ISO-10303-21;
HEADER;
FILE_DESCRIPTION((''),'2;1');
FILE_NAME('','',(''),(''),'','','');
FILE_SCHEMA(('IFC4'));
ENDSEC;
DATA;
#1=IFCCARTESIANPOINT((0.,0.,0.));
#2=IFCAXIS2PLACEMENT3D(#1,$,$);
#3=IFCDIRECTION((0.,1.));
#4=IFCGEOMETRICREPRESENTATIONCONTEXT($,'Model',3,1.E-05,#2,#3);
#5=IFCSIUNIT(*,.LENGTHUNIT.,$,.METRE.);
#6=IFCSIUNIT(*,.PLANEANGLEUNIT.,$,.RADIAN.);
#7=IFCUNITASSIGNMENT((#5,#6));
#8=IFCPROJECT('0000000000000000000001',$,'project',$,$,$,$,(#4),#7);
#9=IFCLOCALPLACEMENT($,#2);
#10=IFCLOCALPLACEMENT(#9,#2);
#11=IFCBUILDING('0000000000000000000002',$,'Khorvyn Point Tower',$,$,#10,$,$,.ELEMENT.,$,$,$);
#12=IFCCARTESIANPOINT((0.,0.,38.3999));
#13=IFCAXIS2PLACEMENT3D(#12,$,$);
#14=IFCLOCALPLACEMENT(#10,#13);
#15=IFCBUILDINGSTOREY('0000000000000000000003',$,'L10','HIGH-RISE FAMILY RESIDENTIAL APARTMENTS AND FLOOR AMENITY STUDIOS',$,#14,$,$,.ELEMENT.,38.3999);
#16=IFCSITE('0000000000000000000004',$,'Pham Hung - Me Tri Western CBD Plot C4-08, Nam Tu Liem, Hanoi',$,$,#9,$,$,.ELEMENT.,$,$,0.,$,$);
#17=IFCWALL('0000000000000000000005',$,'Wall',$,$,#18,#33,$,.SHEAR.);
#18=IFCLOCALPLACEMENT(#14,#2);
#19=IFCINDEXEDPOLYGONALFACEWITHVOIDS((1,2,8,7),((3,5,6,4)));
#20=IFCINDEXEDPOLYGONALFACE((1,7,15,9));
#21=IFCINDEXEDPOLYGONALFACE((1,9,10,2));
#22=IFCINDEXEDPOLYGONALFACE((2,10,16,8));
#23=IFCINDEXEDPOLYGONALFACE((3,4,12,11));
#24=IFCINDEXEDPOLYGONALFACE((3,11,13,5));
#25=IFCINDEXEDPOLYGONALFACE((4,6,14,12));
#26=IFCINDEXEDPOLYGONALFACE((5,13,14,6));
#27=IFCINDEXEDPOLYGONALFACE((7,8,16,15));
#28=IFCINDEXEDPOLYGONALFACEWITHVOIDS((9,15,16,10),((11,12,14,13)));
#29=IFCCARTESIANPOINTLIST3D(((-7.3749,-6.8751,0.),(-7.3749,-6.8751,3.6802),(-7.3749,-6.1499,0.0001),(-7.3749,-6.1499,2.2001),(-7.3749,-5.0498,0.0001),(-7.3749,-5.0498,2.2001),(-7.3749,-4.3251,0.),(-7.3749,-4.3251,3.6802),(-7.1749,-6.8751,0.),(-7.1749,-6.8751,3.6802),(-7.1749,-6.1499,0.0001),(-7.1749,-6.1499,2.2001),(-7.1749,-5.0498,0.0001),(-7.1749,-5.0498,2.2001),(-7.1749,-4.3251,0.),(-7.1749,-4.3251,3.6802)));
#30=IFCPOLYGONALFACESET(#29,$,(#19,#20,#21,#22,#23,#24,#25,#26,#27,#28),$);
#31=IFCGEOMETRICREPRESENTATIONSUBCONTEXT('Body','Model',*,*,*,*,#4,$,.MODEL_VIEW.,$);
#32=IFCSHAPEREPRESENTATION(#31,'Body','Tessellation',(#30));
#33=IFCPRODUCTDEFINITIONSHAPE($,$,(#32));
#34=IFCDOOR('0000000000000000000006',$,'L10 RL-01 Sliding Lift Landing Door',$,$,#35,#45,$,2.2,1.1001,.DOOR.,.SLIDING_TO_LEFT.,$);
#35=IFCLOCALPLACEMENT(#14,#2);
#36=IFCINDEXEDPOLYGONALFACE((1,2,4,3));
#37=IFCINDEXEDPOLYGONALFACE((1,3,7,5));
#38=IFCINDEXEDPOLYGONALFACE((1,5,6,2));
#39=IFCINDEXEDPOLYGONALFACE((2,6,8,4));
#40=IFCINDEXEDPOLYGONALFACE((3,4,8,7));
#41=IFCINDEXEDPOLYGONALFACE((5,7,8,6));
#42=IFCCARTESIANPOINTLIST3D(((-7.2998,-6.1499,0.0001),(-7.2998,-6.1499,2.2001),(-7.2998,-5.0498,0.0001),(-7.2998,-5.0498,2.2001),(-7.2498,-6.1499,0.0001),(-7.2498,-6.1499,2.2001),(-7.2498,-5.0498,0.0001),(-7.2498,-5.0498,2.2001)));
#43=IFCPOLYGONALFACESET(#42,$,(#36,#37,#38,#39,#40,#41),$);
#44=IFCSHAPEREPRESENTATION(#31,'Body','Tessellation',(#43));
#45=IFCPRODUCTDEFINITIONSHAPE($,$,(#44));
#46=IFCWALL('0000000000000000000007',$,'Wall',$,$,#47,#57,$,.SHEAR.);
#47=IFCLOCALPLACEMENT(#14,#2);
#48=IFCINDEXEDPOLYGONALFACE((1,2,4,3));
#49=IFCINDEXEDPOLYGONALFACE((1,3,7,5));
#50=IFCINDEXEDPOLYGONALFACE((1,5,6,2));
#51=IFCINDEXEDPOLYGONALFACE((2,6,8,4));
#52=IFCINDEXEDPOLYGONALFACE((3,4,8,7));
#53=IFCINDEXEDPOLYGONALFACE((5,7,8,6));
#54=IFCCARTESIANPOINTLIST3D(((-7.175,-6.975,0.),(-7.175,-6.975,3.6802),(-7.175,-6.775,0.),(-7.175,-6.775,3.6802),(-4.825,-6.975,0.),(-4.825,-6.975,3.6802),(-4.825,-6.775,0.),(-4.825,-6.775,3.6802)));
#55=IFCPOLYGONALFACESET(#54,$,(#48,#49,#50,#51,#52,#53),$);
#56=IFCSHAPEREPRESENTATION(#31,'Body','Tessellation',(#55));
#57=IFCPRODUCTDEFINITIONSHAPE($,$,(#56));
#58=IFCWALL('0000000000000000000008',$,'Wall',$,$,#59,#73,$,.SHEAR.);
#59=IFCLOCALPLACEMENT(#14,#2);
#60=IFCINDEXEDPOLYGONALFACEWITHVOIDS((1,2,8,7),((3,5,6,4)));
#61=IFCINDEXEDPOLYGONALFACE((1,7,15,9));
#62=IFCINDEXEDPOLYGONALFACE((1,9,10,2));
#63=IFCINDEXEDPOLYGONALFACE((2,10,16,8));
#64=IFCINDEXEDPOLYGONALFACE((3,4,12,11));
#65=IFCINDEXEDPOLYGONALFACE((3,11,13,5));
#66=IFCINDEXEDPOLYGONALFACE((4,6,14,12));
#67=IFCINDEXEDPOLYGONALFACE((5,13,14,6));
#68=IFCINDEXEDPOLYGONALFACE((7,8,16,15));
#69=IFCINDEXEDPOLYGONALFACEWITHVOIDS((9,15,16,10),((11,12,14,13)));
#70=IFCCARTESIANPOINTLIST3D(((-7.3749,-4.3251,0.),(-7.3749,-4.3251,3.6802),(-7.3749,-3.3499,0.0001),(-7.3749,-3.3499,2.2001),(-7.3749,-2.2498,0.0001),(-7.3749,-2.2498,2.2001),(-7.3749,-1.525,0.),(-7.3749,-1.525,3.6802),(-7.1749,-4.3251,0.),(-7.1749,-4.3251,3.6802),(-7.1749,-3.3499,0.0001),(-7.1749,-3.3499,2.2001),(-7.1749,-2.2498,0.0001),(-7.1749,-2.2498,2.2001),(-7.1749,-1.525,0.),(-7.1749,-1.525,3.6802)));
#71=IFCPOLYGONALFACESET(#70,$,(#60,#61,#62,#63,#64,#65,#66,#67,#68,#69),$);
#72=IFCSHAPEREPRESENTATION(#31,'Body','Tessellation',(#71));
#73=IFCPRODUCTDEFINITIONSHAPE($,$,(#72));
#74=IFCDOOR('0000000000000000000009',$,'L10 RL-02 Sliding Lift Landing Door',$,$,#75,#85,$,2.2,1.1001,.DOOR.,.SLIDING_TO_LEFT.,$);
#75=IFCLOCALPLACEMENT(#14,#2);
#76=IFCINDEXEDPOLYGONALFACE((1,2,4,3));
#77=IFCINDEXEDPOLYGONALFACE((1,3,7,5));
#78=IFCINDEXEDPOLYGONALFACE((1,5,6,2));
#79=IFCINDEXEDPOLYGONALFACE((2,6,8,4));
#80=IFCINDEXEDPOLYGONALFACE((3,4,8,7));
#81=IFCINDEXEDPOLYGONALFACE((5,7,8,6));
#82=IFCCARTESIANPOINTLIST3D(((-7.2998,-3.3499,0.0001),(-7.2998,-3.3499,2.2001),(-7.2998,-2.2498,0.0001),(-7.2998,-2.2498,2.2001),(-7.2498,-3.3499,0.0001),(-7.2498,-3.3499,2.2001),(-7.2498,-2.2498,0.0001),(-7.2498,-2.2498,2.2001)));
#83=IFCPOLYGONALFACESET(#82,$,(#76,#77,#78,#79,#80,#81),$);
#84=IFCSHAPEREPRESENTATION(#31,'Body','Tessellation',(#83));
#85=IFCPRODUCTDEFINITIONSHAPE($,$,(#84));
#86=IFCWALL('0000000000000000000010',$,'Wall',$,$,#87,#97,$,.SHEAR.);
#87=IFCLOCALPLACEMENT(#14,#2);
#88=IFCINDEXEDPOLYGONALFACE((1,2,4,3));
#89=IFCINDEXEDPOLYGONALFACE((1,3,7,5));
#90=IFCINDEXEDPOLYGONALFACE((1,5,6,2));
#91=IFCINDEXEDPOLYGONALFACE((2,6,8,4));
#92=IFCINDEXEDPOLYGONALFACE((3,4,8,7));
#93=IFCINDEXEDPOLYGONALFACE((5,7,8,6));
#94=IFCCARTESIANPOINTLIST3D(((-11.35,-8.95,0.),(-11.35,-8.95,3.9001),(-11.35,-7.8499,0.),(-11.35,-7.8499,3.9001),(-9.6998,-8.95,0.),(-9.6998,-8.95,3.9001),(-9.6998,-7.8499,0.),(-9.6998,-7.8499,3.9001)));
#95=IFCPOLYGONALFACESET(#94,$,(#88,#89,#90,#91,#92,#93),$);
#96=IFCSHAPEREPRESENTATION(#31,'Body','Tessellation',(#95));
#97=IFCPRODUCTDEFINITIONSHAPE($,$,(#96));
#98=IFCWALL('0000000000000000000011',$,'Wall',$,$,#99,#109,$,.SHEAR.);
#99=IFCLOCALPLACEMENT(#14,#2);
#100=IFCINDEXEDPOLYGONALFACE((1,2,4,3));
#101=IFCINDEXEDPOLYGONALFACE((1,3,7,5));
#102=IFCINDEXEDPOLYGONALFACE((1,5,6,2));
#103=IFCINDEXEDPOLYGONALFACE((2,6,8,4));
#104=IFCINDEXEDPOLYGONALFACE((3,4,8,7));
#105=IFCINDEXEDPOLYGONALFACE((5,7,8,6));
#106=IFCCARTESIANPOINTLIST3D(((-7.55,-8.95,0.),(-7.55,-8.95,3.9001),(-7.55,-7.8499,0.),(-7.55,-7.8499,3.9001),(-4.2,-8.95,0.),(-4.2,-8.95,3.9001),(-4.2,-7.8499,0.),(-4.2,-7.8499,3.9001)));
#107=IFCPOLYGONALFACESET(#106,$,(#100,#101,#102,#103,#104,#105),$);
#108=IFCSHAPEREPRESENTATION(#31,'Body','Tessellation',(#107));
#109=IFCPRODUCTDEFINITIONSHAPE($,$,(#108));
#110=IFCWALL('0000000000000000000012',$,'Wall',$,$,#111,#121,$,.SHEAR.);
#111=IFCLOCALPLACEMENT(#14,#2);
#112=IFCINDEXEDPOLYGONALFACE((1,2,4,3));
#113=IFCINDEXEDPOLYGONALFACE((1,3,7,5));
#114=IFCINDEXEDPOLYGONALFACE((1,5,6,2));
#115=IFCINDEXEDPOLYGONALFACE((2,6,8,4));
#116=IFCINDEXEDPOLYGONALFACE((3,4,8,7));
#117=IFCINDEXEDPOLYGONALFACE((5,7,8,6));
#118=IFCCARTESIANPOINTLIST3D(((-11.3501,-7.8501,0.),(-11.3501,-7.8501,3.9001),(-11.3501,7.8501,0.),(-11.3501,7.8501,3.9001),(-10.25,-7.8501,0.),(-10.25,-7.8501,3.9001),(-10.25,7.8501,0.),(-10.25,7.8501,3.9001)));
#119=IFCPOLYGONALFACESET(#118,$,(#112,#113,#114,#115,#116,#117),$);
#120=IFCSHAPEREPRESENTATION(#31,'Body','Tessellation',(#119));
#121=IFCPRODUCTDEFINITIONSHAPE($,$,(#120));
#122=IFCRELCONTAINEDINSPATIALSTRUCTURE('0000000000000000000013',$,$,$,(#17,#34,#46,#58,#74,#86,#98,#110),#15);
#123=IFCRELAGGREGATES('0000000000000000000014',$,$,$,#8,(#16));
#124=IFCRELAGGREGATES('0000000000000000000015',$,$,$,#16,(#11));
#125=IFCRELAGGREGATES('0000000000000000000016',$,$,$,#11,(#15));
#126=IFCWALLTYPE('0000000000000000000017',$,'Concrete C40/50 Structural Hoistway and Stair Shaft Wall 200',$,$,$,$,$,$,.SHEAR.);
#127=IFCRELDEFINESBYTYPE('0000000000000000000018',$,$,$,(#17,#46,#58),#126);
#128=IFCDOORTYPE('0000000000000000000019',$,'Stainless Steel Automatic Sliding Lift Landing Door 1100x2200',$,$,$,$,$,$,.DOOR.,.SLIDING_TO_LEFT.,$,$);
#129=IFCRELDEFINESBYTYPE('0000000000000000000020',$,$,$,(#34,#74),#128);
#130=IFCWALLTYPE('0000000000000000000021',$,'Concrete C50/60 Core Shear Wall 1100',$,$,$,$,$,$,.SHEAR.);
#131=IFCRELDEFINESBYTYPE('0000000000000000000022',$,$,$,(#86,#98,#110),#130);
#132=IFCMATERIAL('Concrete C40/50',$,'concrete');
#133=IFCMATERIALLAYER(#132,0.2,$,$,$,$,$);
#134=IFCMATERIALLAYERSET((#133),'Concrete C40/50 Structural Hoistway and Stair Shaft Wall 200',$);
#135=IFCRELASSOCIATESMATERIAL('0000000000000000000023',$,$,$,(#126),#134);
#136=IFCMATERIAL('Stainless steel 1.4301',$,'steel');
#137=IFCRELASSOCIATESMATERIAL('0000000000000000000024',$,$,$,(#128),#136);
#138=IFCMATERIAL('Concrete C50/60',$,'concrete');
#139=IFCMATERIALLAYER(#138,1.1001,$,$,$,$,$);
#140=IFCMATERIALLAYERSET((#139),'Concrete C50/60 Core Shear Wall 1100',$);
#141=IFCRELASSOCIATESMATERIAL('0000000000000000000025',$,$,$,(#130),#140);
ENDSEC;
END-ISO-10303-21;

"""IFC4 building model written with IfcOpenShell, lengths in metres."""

from ifc_helpers import new_model, si_unit, direction, frame, frame_2d, origin, place, context, subcontext, project, spatial, rectangle, extrude, material, layer, layer_set, type_object, element, fill, save


model = new_model("IFC4")

# Units and contexts
model_context = context("Model", 3, precision=1e-05, world=origin(), true_north=direction((0.0, 1.0)))
body_context = subcontext(model_context, "Body", "Model", "MODEL_VIEW")
ifc_project = project(units=[si_unit("LENGTHUNIT", "METRE"), si_unit("PLANEANGLEUNIT", "RADIAN")], contexts=[model_context])

# Site, building, storey
site_placement = place(None, origin())
site = spatial("IfcSite", under=ifc_project, at=site_placement, Name="Pham Hung - Me Tri Western CBD Plot C4-08, Nam Tu Liem, Hanoi", CompositionType="ELEMENT", RefElevation=0.0)
building_placement = place(site_placement, origin())
building = spatial("IfcBuilding", under=site, at=building_placement, Name="Khorvyn Point Tower", CompositionType="ELEMENT")
storey_placement = place(building_placement, frame((0.0, 0.0, 38.3999)))
storey = spatial("IfcBuildingStorey", under=building, at=storey_placement, Name="L10", Description="HIGH-RISE FAMILY RESIDENTIAL APARTMENTS AND FLOOR AMENITY STUDIOS", CompositionType="ELEMENT", Elevation=38.3999)

# Shared definitions
ifc_material_1 = material(Name="Concrete C50/60", Category="concrete")

# Wall, opening, door
ifc_material_2 = material(Name="Concrete C40/50", Category="concrete")
ifc_layer_1 = layer(ifc_material_2, 0.2)
ifc_layer_set_1 = layer_set([ifc_layer_1], Name="Concrete C40/50 Structural Hoistway and Stair Shaft Wall 200")
wall_type_1 = type_object("IfcWallType", Name="Concrete C40/50 Structural Hoistway and Stair Shaft Wall 200", PredefinedType="SHEAR", material=ifc_layer_set_1)
wall_1_placement = place(storey_placement, frame((-7.2749, -6.875, 0.0), z_axis=(0.0, 0.0, 1.0), x_axis=(0.0, 1.0, 0.0)))
wall_1 = element("IfcWall", 1, at=wall_1_placement, inside=storey, type_object=wall_type_1, Name="Wall", PredefinedType="SHEAR", context=body_context, shape_type="SweptSolid", body=[
    extrude(rectangle(XDim=2.55, YDim=0.2, at=frame_2d((1.2749, 0.0))), origin(), (0.0, 0.0, 1.0), 3.6802),
])
opening_1_placement = place(wall_1_placement, frame((0.7251, 0.0, 0.0)))
opening_1 = element("IfcOpeningElement", 2, at=opening_1_placement, cuts=wall_1, PredefinedType="OPENING", context=body_context, shape_type="SweptSolid", body=[
    extrude(rectangle(XDim=1.1001, YDim=2.2, at=frame_2d((0.55, 1.1001))), frame((0.0, 0.1099, 0.0), z_axis=(0.0, -1.0, 0.0), x_axis=(1.0, 0.0, 0.0)), (0.0, 0.0, 1.0), 0.22),
])
ifc_material_3 = material(Name="Stainless steel 1.4301", Category="steel")
door_type_1 = type_object("IfcDoorType", Name="Stainless Steel Automatic Sliding Lift Landing Door 1100x2200", OperationType="SLIDING_TO_LEFT", PredefinedType="DOOR", material=ifc_material_3)
door_1_placement = place(opening_1_placement, origin())
door_1 = element("IfcDoor", 3, at=door_1_placement, inside=storey, type_object=door_type_1, Name="L10 RL-01 Sliding Lift Landing Door", OperationType="SLIDING_TO_LEFT", OverallHeight=2.2, OverallWidth=1.1001, PredefinedType="DOOR", context=body_context, shape_type="SweptSolid", body=[
    extrude(rectangle(XDim=1.1001, YDim=2.2, at=frame_2d((0.55, 1.1001))), frame((0.0, 0.0249, 0.0), z_axis=(0.0, -1.0, 0.0), x_axis=(1.0, 0.0, 0.0)), (0.0, 0.0, 1.0), 0.05),
])
fill(opening_1, door_1)

# Wall
wall_2_placement = place(storey_placement, frame((-7.175, -6.875, 0.0), z_axis=(0.0, 0.0, 1.0), x_axis=(1.0, 0.0, 0.0)))
element("IfcWall", 4, at=wall_2_placement, inside=storey, type_object=wall_type_1, Name="Wall", PredefinedType="SHEAR", context=body_context, shape_type="SweptSolid", body=[
    extrude(rectangle(XDim=2.3501, YDim=0.2, at=frame_2d((1.175, 0.0))), origin(), (0.0, 0.0, 1.0), 3.6802),
])

# Wall, opening, door
wall_3_placement = place(storey_placement, frame((-7.2749, -4.325, 0.0), z_axis=(0.0, 0.0, 1.0), x_axis=(0.0, 1.0, 0.0)))
wall_3 = element("IfcWall", 5, at=wall_3_placement, inside=storey, type_object=wall_type_1, Name="Wall", PredefinedType="SHEAR", context=body_context, shape_type="SweptSolid", body=[
    extrude(rectangle(XDim=2.8, YDim=0.2, at=frame_2d((1.3999, 0.0))), origin(), (0.0, 0.0, 1.0), 3.6802),
])
opening_2_placement = place(wall_3_placement, frame((0.9751, 0.0, 0.0)))
opening_2 = element("IfcOpeningElement", 6, at=opening_2_placement, cuts=wall_3, PredefinedType="OPENING", context=body_context, shape_type="SweptSolid", body=[
    extrude(rectangle(XDim=1.1001, YDim=2.2, at=frame_2d((0.55, 1.1001))), frame((0.0, 0.1099, 0.0), z_axis=(0.0, -1.0, 0.0), x_axis=(1.0, 0.0, 0.0)), (0.0, 0.0, 1.0), 0.22),
])
door_2_placement = place(opening_2_placement, origin())
door_2 = element("IfcDoor", 7, at=door_2_placement, inside=storey, type_object=door_type_1, Name="L10 RL-02 Sliding Lift Landing Door", OperationType="SLIDING_TO_LEFT", OverallHeight=2.2, OverallWidth=1.1001, PredefinedType="DOOR", context=body_context, shape_type="SweptSolid", body=[
    extrude(rectangle(XDim=1.1001, YDim=2.2, at=frame_2d((0.55, 1.1001))), frame((0.0, 0.0249, 0.0), z_axis=(0.0, -1.0, 0.0), x_axis=(1.0, 0.0, 0.0)), (0.0, 0.0, 1.0), 0.05),
])
fill(opening_2, door_2)

# Walls
ifc_layer_2 = layer(ifc_material_1, 1.1001)
ifc_layer_set_2 = layer_set([ifc_layer_2], Name="Concrete C50/60 Core Shear Wall 1100")
wall_type_2 = type_object("IfcWallType", Name="Concrete C50/60 Core Shear Wall 1100", PredefinedType="SHEAR", material=ifc_layer_set_2)
wall_4_placement = place(storey_placement, frame((-11.3501, -8.3999, 0.0), z_axis=(0.0, 0.0, 1.0), x_axis=(1.0, 0.0, 0.0)))
element("IfcWall", 8, at=wall_4_placement, inside=storey, type_object=wall_type_2, Name="Wall", PredefinedType="SHEAR", context=body_context, shape_type="SweptSolid", body=[
    extrude(rectangle(XDim=1.6501, YDim=1.1001, at=frame_2d((0.8252, 0.0))), origin(), (0.0, 0.0, 1.0), 3.9001),
])
wall_5_placement = place(storey_placement, frame((-7.55, -8.3999, 0.0), z_axis=(0.0, 0.0, 1.0), x_axis=(1.0, 0.0, 0.0)))
element("IfcWall", 9, at=wall_5_placement, inside=storey, type_object=wall_type_2, Name="Wall", PredefinedType="SHEAR", context=body_context, shape_type="SweptSolid", body=[
    extrude(rectangle(XDim=3.3501, YDim=1.1001, at=frame_2d((1.675, 0.0))), origin(), (0.0, 0.0, 1.0), 3.9001),
])
wall_6_placement = place(storey_placement, frame((-10.8, -7.8501, 0.0), z_axis=(0.0, 0.0, 1.0), x_axis=(0.0, 1.0, 0.0)))
element("IfcWall", 10, at=wall_6_placement, inside=storey, type_object=wall_type_2, Name="Wall", PredefinedType="SHEAR", context=body_context, shape_type="SweptSolid", body=[
    extrude(rectangle(XDim=15.7002, YDim=1.1001, at=frame_2d((7.8501, 0.0))), origin(), (0.0, 0.0, 1.0), 3.9001),
])

save(model, "model.ifc")
